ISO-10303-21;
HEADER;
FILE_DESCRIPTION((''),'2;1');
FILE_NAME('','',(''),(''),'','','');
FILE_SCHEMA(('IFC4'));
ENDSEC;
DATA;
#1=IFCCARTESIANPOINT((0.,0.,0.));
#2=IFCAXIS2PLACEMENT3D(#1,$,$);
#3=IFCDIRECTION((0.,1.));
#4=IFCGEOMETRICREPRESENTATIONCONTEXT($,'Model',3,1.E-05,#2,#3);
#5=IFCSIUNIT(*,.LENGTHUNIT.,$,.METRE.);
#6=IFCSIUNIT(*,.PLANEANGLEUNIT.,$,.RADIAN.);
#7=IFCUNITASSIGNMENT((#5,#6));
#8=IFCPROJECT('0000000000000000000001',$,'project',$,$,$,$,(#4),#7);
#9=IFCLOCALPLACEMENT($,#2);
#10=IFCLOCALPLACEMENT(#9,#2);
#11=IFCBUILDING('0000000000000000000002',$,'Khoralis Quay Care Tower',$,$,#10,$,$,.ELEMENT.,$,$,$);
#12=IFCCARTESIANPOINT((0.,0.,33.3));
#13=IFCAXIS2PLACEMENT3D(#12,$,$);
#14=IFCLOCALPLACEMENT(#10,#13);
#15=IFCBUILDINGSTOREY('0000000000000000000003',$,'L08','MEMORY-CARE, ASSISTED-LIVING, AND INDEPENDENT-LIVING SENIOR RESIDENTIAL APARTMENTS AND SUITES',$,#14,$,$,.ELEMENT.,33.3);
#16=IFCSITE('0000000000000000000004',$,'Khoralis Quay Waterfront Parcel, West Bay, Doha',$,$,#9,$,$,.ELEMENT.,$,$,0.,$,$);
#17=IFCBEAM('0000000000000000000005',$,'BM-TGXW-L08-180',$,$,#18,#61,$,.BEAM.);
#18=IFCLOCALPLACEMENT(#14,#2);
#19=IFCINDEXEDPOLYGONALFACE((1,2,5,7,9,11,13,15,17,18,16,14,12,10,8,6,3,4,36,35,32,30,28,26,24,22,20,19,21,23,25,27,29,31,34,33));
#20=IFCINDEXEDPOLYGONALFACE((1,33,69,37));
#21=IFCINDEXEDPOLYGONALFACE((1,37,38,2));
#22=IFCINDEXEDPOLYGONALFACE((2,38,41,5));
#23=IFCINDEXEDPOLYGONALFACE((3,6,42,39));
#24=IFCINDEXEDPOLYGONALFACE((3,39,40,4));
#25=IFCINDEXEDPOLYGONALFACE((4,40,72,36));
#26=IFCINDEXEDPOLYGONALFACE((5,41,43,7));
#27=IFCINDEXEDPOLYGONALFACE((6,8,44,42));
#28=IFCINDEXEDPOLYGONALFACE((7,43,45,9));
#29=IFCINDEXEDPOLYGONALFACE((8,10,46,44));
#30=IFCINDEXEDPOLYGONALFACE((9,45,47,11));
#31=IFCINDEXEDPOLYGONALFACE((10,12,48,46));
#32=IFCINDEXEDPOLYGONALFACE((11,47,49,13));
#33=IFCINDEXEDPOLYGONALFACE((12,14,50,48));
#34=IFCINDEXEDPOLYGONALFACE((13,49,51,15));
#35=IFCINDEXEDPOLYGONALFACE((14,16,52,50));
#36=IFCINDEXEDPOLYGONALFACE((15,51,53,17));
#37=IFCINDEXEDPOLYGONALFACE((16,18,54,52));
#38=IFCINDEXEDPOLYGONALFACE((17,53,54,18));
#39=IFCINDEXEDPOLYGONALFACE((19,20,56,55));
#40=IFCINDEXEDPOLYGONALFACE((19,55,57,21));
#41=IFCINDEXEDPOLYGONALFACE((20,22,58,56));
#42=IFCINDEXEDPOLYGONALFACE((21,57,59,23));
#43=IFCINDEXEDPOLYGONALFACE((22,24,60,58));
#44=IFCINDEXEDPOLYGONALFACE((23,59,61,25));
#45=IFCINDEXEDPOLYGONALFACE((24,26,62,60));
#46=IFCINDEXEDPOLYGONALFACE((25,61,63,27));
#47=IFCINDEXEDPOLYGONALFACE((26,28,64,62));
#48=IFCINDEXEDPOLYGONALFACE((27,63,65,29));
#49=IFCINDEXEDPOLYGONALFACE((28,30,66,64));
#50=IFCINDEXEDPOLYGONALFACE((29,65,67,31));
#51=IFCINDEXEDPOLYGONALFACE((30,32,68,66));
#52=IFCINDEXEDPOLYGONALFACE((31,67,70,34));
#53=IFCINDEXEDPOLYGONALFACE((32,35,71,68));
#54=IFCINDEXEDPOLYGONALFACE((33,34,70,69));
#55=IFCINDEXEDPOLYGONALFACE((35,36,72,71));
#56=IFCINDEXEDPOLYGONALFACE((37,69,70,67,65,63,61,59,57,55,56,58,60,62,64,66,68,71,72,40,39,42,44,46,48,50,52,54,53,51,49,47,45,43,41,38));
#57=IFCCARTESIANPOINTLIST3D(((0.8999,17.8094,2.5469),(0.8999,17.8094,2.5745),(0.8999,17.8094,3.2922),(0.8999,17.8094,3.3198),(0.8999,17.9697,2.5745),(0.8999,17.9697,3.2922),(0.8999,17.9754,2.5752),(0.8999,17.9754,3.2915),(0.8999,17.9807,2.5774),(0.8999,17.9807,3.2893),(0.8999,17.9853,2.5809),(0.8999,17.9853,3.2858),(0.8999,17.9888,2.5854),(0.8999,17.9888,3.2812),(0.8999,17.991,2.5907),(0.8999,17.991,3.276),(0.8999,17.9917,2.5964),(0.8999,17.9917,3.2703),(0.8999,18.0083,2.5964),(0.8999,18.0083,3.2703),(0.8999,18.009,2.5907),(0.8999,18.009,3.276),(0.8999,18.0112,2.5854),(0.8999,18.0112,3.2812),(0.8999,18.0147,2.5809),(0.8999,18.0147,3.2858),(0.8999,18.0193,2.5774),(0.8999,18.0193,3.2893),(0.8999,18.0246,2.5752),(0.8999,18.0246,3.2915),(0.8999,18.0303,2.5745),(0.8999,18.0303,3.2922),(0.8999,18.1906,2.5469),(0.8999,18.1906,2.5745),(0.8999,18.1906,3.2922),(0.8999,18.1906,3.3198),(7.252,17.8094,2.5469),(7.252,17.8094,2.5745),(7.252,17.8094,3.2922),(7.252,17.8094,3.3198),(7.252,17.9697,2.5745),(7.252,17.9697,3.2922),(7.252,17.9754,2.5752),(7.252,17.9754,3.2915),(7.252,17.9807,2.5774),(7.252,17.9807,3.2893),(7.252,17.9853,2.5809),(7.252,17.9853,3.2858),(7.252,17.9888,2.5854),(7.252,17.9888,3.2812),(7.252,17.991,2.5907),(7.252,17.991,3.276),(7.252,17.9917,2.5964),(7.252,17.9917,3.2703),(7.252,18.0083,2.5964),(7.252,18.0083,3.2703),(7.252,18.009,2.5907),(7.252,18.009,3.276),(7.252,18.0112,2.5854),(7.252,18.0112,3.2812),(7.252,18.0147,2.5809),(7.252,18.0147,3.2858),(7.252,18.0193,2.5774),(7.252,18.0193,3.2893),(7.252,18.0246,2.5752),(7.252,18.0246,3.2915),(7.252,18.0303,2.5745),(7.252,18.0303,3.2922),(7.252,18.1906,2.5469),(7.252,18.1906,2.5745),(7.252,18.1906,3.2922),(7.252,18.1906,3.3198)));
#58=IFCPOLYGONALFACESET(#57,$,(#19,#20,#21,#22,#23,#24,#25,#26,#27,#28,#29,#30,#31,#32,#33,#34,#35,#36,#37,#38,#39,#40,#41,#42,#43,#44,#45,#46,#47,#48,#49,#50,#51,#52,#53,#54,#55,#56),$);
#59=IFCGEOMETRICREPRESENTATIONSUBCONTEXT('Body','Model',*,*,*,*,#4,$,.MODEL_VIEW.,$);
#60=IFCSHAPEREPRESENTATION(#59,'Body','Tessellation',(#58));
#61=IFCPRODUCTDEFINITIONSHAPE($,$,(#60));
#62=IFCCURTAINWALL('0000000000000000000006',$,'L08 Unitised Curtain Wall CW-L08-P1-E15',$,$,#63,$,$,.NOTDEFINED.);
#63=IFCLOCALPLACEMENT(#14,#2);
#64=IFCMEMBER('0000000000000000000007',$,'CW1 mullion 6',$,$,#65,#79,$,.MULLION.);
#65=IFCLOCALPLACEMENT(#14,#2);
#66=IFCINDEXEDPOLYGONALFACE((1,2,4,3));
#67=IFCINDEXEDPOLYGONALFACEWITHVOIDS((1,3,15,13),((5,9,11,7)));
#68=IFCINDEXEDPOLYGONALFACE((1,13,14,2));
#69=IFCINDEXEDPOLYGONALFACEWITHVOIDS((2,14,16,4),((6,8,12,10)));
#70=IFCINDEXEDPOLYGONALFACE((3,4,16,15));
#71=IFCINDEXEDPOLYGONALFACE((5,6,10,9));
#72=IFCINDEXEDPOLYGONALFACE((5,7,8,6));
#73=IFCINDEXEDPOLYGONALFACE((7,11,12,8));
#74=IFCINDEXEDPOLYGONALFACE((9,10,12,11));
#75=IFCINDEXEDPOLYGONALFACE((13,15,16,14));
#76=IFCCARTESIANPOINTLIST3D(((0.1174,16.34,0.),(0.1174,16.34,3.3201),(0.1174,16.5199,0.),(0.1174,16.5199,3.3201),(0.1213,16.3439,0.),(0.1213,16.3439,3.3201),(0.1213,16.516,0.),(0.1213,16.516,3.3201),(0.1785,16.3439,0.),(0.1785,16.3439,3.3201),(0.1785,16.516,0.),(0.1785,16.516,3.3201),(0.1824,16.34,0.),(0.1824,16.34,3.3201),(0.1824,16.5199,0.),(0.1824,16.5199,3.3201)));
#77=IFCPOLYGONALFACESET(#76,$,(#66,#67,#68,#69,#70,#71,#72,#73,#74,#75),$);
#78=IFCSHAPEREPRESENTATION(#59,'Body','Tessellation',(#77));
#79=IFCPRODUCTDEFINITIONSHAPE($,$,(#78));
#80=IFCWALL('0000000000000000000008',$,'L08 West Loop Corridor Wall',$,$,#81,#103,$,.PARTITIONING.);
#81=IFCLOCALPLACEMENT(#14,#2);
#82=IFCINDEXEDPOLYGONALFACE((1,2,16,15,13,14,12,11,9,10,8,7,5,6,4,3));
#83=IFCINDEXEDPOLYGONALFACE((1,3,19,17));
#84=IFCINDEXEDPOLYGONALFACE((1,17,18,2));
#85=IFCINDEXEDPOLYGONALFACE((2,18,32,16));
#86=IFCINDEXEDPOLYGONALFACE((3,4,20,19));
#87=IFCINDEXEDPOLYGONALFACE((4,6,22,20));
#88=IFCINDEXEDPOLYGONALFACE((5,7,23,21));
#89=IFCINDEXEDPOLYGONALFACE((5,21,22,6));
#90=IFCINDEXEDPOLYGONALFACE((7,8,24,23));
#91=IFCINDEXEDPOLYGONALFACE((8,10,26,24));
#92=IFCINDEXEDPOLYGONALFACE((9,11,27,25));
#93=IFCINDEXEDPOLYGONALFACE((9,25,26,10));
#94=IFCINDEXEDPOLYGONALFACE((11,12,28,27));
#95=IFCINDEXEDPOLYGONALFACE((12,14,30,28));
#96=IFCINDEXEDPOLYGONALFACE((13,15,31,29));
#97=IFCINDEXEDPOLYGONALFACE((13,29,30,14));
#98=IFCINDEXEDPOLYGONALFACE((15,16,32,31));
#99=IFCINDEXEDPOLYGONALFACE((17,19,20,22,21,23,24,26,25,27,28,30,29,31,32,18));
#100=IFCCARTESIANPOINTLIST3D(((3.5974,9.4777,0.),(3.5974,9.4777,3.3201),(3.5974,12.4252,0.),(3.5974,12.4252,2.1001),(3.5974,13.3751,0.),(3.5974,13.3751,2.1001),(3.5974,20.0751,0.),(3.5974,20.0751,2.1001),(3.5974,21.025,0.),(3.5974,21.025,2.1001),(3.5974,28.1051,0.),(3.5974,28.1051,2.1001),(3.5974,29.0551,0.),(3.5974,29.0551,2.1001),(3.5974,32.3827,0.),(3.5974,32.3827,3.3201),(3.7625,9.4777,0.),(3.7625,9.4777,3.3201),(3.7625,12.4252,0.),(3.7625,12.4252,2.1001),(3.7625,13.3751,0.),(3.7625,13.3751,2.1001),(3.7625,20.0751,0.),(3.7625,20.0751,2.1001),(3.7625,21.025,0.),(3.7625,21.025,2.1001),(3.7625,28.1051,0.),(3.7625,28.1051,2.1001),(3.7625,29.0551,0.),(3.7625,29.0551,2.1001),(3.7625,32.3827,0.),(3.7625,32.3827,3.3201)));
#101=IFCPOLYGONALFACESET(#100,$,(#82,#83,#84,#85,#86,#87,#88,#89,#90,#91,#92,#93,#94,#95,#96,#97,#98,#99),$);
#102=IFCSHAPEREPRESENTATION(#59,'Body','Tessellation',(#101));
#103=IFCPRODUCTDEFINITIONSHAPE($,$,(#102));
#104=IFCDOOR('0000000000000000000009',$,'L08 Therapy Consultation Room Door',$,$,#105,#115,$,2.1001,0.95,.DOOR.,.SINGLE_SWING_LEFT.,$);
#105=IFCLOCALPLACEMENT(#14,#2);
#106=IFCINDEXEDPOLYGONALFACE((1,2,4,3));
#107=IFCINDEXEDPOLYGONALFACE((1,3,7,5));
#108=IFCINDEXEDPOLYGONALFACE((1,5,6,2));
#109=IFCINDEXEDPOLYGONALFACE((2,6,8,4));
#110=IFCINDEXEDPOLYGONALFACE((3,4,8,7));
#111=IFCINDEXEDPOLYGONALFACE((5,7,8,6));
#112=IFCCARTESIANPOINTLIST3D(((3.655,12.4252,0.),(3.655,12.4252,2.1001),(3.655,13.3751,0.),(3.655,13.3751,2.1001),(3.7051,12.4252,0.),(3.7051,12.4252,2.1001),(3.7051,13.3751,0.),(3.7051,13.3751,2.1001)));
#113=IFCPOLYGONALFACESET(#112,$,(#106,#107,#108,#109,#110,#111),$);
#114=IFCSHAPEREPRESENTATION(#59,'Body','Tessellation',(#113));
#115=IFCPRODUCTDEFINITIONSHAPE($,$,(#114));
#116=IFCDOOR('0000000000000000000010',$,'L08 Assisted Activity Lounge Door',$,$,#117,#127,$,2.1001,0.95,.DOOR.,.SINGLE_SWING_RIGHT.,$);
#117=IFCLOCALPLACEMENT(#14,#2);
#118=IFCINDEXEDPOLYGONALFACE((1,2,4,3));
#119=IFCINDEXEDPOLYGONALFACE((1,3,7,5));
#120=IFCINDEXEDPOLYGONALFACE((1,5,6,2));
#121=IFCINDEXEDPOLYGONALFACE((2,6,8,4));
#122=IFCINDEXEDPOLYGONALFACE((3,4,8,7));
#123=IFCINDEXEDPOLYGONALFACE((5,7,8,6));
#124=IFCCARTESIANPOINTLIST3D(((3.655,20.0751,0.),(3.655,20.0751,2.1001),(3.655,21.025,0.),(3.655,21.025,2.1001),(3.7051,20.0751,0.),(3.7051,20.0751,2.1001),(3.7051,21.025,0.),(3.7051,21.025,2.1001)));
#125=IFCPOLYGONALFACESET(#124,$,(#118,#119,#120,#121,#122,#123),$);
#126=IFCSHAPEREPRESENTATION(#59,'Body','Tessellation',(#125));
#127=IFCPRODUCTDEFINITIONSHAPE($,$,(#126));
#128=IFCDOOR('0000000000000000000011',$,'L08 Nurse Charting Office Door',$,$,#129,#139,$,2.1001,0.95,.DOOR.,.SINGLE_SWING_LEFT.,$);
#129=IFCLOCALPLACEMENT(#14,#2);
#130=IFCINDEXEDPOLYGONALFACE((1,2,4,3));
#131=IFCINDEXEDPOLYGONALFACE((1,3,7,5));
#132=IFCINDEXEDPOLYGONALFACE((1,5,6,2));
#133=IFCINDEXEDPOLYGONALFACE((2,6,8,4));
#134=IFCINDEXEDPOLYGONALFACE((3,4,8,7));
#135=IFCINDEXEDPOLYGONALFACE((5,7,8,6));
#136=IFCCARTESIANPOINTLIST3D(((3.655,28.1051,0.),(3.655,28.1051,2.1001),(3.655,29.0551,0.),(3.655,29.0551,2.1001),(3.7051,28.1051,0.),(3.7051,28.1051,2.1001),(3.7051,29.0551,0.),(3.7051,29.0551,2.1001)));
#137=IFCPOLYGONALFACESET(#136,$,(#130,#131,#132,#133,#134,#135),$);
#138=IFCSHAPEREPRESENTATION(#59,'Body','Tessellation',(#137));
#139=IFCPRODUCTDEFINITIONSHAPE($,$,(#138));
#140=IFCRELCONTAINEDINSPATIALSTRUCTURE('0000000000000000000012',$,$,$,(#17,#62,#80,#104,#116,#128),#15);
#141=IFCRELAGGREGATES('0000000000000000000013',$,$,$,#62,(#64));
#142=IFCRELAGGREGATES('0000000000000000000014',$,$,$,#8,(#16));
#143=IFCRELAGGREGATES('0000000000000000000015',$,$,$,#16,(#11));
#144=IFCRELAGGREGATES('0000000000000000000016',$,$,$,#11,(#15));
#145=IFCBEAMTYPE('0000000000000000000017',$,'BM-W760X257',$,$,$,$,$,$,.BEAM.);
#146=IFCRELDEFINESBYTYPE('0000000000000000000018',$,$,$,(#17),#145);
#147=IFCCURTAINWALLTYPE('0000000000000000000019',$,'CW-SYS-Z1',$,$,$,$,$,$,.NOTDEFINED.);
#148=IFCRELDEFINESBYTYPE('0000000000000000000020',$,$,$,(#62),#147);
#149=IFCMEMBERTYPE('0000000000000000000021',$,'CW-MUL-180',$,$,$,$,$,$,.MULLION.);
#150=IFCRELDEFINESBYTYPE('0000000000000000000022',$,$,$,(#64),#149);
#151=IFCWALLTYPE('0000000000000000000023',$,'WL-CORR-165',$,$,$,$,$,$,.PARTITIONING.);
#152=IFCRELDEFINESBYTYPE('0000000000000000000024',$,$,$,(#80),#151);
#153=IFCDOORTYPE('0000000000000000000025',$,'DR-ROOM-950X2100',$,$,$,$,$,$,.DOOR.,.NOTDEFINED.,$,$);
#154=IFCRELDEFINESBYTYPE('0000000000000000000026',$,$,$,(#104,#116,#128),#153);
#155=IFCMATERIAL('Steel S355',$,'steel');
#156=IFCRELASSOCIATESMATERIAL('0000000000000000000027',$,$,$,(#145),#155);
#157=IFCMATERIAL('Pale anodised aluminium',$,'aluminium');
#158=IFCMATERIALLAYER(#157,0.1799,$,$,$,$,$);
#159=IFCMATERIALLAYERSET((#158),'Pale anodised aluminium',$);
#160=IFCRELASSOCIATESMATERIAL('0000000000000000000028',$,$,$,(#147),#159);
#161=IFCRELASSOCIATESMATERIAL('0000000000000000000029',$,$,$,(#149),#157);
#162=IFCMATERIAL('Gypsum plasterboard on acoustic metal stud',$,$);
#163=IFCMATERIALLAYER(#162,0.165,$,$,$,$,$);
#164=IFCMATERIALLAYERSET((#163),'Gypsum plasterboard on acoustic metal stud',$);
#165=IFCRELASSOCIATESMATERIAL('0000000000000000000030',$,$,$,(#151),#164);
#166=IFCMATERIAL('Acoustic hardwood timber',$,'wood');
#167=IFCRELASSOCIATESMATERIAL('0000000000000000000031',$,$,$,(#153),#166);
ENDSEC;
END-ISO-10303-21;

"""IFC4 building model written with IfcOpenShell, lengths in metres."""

from ifc_helpers import new_model, si_unit, direction, frame, frame_2d, origin, origin_2d, place, context, subcontext, project, spatial, rectangle, hollow_rectangle, i_section, extrude, source, transform, mapped, material, layer, layer_set, material_profile, profile_set, type_object, element, fill, aggregate, save


model = new_model("IFC4")

# Units and contexts
model_context = context("Model", 3, precision=1e-05, world=origin(), true_north=direction((0.0, 1.0)))
body_context = subcontext(model_context, "Body", "Model", "MODEL_VIEW")
ifc_project = project(units=[si_unit("LENGTHUNIT", "METRE"), si_unit("PLANEANGLEUNIT", "RADIAN")], contexts=[model_context])

# Site, building, storey
site_placement = place(None, origin())
site = spatial("IfcSite", under=ifc_project, at=site_placement, Name="Khoralis Quay Waterfront Parcel, West Bay, Doha", CompositionType="ELEMENT", RefElevation=0.0)
building_placement = place(site_placement, origin())
building = spatial("IfcBuilding", under=site, at=building_placement, Name="Khoralis Quay Care Tower", CompositionType="ELEMENT")
storey_placement = place(building_placement, frame((0.0, 0.0, 33.3)))
storey = spatial("IfcBuildingStorey", under=building, at=storey_placement, Name="L08", Description="MEMORY-CARE, ASSISTED-LIVING, AND INDEPENDENT-LIVING SENIOR RESIDENTIAL APARTMENTS AND SUITES", CompositionType="ELEMENT", Elevation=33.3)

# Beam
ifc_material_1 = material(Name="Steel S355", Category="steel")
ifc_material_profile_1 = material_profile(ifc_material_1, i_section(OverallWidth=0.3811, OverallDepth=0.7729, WebThickness=0.0166, FlangeThickness=0.0276, FilletRadius=0.022, at=origin_2d()), Name="Steel S355")
ifc_profile_set_1 = profile_set([ifc_material_profile_1], Name="Steel S355")
beam_type_1 = type_object("IfcBeamType", Name="BM-W760X257", PredefinedType="BEAM", material=ifc_profile_set_1)
shared_shape_1 = source(origin(), body_context, "Body", "SweptSolid", [
    extrude(i_section(OverallWidth=0.3811, OverallDepth=0.7729, WebThickness=0.0166, FlangeThickness=0.0276, FilletRadius=0.022, at=origin_2d()), origin(), (0.0, 0.0, 1.0), 6.3521),
])
beam_1_placement = place(storey_placement, frame((0.8999, 18.0, 2.9333), z_axis=(1.0, 0.0, 0.0), x_axis=(0.0, 1.0, 0.0)))
element("IfcBeam", 1, at=beam_1_placement, inside=storey, type_object=beam_type_1, Name="BM-TGXW-L08-180", PredefinedType="BEAM", context=body_context, shape_type="MappedRepresentation", body=[
    mapped(shared_shape_1, transform((0.0, 0.0, 0.0), scale=1.0)),
])

# Curtain wall, member
ifc_material_2 = material(Name="Pale anodised aluminium", Category="aluminium")
ifc_layer_1 = layer(ifc_material_2, 0.1799)
ifc_layer_set_1 = layer_set([ifc_layer_1], Name="Pale anodised aluminium")
curtain_wall_type = type_object("IfcCurtainWallType", Name="CW-SYS-Z1", PredefinedType="NOTDEFINED", material=ifc_layer_set_1)
curtain_wall_placement = place(storey_placement, origin())
curtain_wall = element("IfcCurtainWall", 2, at=curtain_wall_placement, inside=storey, type_object=curtain_wall_type, Name="L08 Unitised Curtain Wall CW-L08-P1-E15", PredefinedType="NOTDEFINED")
ifc_material_profile_2 = material_profile(ifc_material_2, hollow_rectangle(XDim=0.0649, YDim=0.1799, WallThickness=0.0039, at=origin_2d()), Name="Pale anodised aluminium")
ifc_profile_set_2 = profile_set([ifc_material_profile_2], Name="Pale anodised aluminium")
member_type = type_object("IfcMemberType", Name="CW-MUL-180", PredefinedType="MULLION", material=ifc_profile_set_2)
shared_shape_2 = source(origin(), body_context, "Body", "SweptSolid", [
    extrude(hollow_rectangle(XDim=0.0649, YDim=0.1799, WallThickness=0.0039, at=origin_2d()), origin(), (0.0, 0.0, 1.0), 3.3201),
])
member_placement = place(storey_placement, frame((0.1499, 16.4299, 0.0), z_axis=(0.0, 0.0, 1.0), x_axis=(1.0, 0.0, 0.0)))
member = element("IfcMember", 3, at=member_placement, type_object=member_type, Name="CW1 mullion 6", PredefinedType="MULLION", context=body_context, shape_type="MappedRepresentation", body=[
    mapped(shared_shape_2, transform((0.0, 0.0, 0.0), scale=1.0)),
])
aggregate(curtain_wall, [member])

# Wall, openings, doors
ifc_material_3 = material(Name="Gypsum plasterboard on acoustic metal stud")
ifc_layer_2 = layer(ifc_material_3, 0.165)
ifc_layer_set_2 = layer_set([ifc_layer_2], Name="Gypsum plasterboard on acoustic metal stud")
wall_type_1 = type_object("IfcWallType", Name="WL-CORR-165", PredefinedType="PARTITIONING", material=ifc_layer_set_2)
wall_1_placement = place(storey_placement, frame((3.6799, 9.4775, 0.0), z_axis=(0.0, 0.0, 1.0), x_axis=(0.0, 1.0, 0.0)))
wall_1 = element("IfcWall", 4, at=wall_1_placement, inside=storey, type_object=wall_type_1, Name="L08 West Loop Corridor Wall", PredefinedType="PARTITIONING", context=body_context, shape_type="SweptSolid", body=[
    extrude(rectangle(XDim=22.905, YDim=0.165, at=frame_2d((11.4526, 0.0))), origin(), (0.0, 0.0, 1.0), 3.3201),
])
opening_1_placement = place(wall_1_placement, frame((2.9475, 0.0, 0.0)))
opening_1 = element("IfcOpeningElement", 5, at=opening_1_placement, cuts=wall_1, PredefinedType="OPENING", context=body_context, shape_type="SweptSolid", body=[
    extrude(rectangle(XDim=0.95, YDim=2.1001, at=frame_2d((0.4751, 1.05))), frame((0.0, 0.0925, 0.0), z_axis=(0.0, -1.0, 0.0), x_axis=(1.0, 0.0, 0.0)), (0.0, 0.0, 1.0), 0.1851),
])
opening_2_placement = place(wall_1_placement, frame((10.5974, 0.0, 0.0)))
opening_2 = element("IfcOpeningElement", 6, at=opening_2_placement, cuts=wall_1, PredefinedType="OPENING", context=body_context, shape_type="SweptSolid", body=[
    extrude(rectangle(XDim=0.95, YDim=2.1001, at=frame_2d((0.4751, 1.05))), frame((0.0, 0.0925, 0.0), z_axis=(0.0, -1.0, 0.0), x_axis=(1.0, 0.0, 0.0)), (0.0, 0.0, 1.0), 0.1851),
])
opening_3_placement = place(wall_1_placement, frame((18.6274, 0.0, 0.0)))
opening_3 = element("IfcOpeningElement", 7, at=opening_3_placement, cuts=wall_1, PredefinedType="OPENING", context=body_context, shape_type="SweptSolid", body=[
    extrude(rectangle(XDim=0.95, YDim=2.1001, at=frame_2d((0.4751, 1.05))), frame((0.0, 0.0925, 0.0), z_axis=(0.0, -1.0, 0.0), x_axis=(1.0, 0.0, 0.0)), (0.0, 0.0, 1.0), 0.1851),
])
ifc_material_4 = material(Name="Acoustic hardwood timber", Category="wood")
door_type = type_object("IfcDoorType", Name="DR-ROOM-950X2100", OperationType="NOTDEFINED", PredefinedType="DOOR", material=ifc_material_4)
shared_shape_3 = source(origin(), body_context, "Body", "SweptSolid", [
    extrude(rectangle(XDim=0.95, YDim=2.1001, at=frame_2d((0.4751, 1.05))), frame((0.0, 0.0249, 0.0), z_axis=(0.0, -1.0, 0.0), x_axis=(1.0, 0.0, 0.0)), (0.0, 0.0, 1.0), 0.05),
])
door_1_placement = place(opening_1_placement, origin())
door_1 = element("IfcDoor", 8, at=door_1_placement, inside=storey, type_object=door_type, Name="L08 Therapy Consultation Room Door", OperationType="SINGLE_SWING_LEFT", OverallHeight=2.1001, OverallWidth=0.95, PredefinedType="DOOR", context=body_context, shape_type="MappedRepresentation", body=[
    mapped(shared_shape_3, transform((0.0, 0.0, 0.0), scale=1.0)),
])
fill(opening_1, door_1)
door_2_placement = place(opening_2_placement, origin())
door_2 = element("IfcDoor", 9, at=door_2_placement, inside=storey, type_object=door_type, Name="L08 Assisted Activity Lounge Door", OperationType="SINGLE_SWING_RIGHT", OverallHeight=2.1001, OverallWidth=0.95, PredefinedType="DOOR", context=body_context, shape_type="MappedRepresentation", body=[
    mapped(shared_shape_3, transform((0.0, 0.0, 0.0), scale=1.0)),
])
fill(opening_2, door_2)
door_3_placement = place(opening_3_placement, origin())
door_3 = element("IfcDoor", 10, at=door_3_placement, inside=storey, type_object=door_type, Name="L08 Nurse Charting Office Door", OperationType="SINGLE_SWING_LEFT", OverallHeight=2.1001, OverallWidth=0.95, PredefinedType="DOOR", context=body_context, shape_type="MappedRepresentation", body=[
    mapped(shared_shape_3, transform((0.0, 0.0, 0.0), scale=1.0)),
])
fill(opening_3, door_3)

save(model, "model.ifc")
